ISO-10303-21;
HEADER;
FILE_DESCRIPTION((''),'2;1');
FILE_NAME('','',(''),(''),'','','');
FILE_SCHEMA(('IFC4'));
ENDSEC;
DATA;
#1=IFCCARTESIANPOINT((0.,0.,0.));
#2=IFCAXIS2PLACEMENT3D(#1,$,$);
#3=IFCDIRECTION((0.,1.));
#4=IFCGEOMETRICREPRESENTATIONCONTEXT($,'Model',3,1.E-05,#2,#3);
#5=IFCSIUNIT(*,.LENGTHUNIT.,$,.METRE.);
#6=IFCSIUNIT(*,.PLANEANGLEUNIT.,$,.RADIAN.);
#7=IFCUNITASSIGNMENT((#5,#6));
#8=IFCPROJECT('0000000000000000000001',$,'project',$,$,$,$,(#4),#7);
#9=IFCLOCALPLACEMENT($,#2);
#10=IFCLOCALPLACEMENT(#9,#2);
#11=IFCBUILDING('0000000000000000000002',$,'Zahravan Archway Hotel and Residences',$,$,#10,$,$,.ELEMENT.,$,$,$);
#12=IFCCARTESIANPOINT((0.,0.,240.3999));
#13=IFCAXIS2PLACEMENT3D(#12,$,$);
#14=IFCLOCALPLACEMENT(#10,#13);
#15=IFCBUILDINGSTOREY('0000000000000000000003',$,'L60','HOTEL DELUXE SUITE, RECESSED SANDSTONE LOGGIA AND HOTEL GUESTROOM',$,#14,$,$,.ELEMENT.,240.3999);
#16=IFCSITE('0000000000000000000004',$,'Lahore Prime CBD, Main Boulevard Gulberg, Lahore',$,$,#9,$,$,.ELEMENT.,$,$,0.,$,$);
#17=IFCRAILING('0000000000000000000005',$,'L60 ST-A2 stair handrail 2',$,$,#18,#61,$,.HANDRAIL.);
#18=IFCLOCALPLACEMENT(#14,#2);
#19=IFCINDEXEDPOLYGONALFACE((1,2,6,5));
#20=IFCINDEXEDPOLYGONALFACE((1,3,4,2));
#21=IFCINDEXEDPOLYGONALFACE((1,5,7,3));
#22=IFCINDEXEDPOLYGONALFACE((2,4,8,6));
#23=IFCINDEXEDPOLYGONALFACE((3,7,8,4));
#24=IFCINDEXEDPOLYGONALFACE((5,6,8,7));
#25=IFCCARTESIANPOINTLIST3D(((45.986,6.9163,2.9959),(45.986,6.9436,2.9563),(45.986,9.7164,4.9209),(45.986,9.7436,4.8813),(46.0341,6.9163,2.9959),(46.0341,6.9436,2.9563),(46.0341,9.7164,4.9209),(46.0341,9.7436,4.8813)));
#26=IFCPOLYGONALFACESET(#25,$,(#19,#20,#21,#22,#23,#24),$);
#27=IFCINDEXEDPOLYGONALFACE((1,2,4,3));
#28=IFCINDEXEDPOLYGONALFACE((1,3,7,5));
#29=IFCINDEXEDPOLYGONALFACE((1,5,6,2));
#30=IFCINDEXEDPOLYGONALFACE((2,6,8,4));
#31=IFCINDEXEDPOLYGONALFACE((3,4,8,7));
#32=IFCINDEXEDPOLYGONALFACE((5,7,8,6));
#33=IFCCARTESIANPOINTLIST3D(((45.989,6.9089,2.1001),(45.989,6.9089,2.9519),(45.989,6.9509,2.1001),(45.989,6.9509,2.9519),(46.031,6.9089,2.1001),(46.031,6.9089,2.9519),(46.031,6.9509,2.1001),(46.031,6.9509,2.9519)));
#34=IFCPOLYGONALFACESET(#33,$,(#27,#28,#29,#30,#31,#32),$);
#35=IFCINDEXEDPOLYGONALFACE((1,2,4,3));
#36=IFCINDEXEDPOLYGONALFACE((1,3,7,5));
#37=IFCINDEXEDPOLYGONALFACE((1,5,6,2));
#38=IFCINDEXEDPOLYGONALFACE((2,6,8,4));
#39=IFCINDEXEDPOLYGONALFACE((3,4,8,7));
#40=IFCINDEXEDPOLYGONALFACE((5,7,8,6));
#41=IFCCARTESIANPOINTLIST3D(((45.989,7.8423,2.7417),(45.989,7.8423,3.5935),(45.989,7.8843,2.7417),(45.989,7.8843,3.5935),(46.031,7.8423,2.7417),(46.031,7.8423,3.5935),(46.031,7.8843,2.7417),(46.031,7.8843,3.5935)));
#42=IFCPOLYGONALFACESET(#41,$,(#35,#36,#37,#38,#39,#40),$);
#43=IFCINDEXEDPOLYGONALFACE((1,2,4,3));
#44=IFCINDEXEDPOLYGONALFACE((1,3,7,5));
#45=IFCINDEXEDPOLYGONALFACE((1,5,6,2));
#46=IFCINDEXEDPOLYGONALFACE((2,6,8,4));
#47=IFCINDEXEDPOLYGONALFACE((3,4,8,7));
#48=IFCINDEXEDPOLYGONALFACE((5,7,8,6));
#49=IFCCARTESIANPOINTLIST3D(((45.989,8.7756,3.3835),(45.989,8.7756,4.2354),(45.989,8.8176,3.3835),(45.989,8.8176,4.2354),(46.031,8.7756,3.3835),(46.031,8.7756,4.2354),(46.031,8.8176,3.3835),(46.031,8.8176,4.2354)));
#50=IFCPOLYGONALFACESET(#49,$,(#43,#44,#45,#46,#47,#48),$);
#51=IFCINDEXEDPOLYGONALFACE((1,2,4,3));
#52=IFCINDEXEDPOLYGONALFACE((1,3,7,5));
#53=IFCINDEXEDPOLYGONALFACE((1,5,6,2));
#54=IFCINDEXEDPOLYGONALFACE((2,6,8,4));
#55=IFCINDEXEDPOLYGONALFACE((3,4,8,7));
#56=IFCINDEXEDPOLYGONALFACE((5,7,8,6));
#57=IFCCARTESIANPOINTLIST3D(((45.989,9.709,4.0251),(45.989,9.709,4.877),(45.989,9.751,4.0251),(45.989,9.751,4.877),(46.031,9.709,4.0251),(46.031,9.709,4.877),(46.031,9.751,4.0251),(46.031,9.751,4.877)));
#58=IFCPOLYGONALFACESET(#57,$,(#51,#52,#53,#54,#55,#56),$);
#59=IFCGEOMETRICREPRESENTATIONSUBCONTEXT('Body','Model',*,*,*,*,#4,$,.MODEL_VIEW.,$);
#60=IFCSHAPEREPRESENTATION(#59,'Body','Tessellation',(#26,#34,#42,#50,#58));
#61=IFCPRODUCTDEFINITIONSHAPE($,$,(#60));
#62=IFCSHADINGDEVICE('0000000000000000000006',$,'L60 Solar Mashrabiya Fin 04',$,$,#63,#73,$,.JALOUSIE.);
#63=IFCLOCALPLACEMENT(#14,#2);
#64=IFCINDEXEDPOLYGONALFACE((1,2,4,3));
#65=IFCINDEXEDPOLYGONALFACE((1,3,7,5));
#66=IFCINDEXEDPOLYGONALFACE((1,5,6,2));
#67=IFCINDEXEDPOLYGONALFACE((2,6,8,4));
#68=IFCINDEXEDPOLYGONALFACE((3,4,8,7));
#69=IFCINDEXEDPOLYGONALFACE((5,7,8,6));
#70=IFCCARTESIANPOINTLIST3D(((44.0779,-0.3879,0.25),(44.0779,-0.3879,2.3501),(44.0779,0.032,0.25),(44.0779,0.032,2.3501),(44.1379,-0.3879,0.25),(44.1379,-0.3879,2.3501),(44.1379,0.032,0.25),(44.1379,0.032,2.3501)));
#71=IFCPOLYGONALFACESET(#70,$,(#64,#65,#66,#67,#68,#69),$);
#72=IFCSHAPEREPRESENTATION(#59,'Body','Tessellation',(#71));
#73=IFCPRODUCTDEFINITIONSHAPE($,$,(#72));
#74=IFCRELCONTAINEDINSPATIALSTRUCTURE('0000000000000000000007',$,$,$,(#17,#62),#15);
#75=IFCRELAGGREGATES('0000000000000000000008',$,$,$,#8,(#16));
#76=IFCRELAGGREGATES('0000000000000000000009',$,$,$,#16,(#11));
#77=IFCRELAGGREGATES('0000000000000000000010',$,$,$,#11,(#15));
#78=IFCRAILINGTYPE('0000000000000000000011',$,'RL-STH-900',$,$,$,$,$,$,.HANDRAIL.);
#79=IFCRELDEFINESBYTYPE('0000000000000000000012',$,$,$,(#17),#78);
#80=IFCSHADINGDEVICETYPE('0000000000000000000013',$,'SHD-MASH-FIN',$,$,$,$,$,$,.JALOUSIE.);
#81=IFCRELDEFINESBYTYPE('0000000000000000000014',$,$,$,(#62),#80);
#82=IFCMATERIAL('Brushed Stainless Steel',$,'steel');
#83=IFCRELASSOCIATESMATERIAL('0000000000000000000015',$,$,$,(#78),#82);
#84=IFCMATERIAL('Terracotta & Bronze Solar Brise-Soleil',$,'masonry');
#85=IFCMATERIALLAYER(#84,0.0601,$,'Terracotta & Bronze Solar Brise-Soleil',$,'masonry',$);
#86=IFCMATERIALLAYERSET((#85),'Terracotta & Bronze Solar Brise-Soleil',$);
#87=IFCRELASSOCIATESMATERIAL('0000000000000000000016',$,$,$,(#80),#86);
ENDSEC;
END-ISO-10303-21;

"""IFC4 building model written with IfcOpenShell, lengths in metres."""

from ifc_helpers import new_model, si_unit, direction, frame, origin, origin_2d, place, context, subcontext, project, spatial, rectangle, extrude, source, transform, mapped, material, layer, layer_set, type_object, type_shapes, element, save


model = new_model("IFC4")

# Units and contexts
model_context = context("Model", 3, precision=1e-05, world=origin(), true_north=direction((0.0, 1.0)))
body_context = subcontext(model_context, "Body", "Model", "MODEL_VIEW")
ifc_project = project(units=[si_unit("LENGTHUNIT", "METRE"), si_unit("PLANEANGLEUNIT", "RADIAN")], contexts=[model_context])

# Site, building, storey
site_placement = place(None, origin())
site = spatial("IfcSite", under=ifc_project, at=site_placement, Name="Lahore Prime CBD, Main Boulevard Gulberg, Lahore", CompositionType="ELEMENT", RefElevation=0.0)
building_placement = place(site_placement, origin())
building = spatial("IfcBuilding", under=site, at=building_placement, Name="Zahravan Archway Hotel and Residences", CompositionType="ELEMENT")
storey_placement = place(building_placement, frame((0.0, 0.0, 240.3999)))
storey = spatial("IfcBuildingStorey", under=building, at=storey_placement, Name="L60", Description="HOTEL DELUXE SUITE, RECESSED SANDSTONE LOGGIA AND HOTEL GUESTROOM", CompositionType="ELEMENT", Elevation=240.3999)

# Railing
ifc_material_1 = material(Name="Brushed Stainless Steel", Category="steel")
railing_type_1 = type_object("IfcRailingType", Name="RL-STH-900", PredefinedType="HANDRAIL", material=ifc_material_1)
railing_1_placement = place(storey_placement, frame((46.01, 6.9299, 2.1001)))
element("IfcRailing", 1, at=railing_1_placement, inside=storey, type_object=railing_type_1, Name="L60 ST-A2 stair handrail 2", PredefinedType="HANDRAIL", context=body_context, shape_type="SweptSolid", body=[
    extrude(rectangle(XDim=0.0481, YDim=0.0481, at=origin_2d()), frame((0.0, 0.0, 0.876), z_axis=(0.0, 0.82404, 0.566532), x_axis=(-1.0, 0.0, 0.0)), (0.0, 0.0, 1.0), 3.3979),
    extrude(rectangle(XDim=0.042, YDim=0.042, at=origin_2d()), origin(), (0.0, 0.0, 1.0), 0.8518),
    extrude(rectangle(XDim=0.042, YDim=0.042, at=origin_2d()), frame((0.0, 0.9333, 0.6416)), (0.0, 0.0, 1.0), 0.8518),
    extrude(rectangle(XDim=0.042, YDim=0.042, at=origin_2d()), frame((0.0, 1.8667, 1.2834)), (0.0, 0.0, 1.0), 0.8518),
    extrude(rectangle(XDim=0.042, YDim=0.042, at=origin_2d()), frame((0.0, 2.8, 1.925)), (0.0, 0.0, 1.0), 0.8518),
])

# Shading device
ifc_material_2 = material(Name="Terracotta & Bronze Solar Brise-Soleil", Category="masonry")
ifc_layer_1 = layer(ifc_material_2, 0.0601, Name="Terracotta & Bronze Solar Brise-Soleil", Category="masonry")
ifc_layer_set_1 = layer_set([ifc_layer_1], Name="Terracotta & Bronze Solar Brise-Soleil")
shading_device_type = type_object("IfcShadingDeviceType", Name="SHD-MASH-FIN", PredefinedType="JALOUSIE", material=ifc_layer_set_1)
shared_shape_1 = source(origin(), body_context, "Body", "SweptSolid", [
    extrude(rectangle(XDim=0.0601, YDim=0.4199, at=origin_2d()), origin(), (0.0, 0.0, 1.0), 2.1001),
])
type_shapes(shading_device_type, [shared_shape_1])
shading_device_placement = place(storey_placement, frame((44.1079, -0.178, 0.25), z_axis=(0.0, 0.0, 1.0), x_axis=(1.0, 0.0, 0.0)))
element("IfcShadingDevice", 2, at=shading_device_placement, inside=storey, type_object=shading_device_type, Name="L60 Solar Mashrabiya Fin 04", PredefinedType="JALOUSIE", context=body_context, shape_type="MappedRepresentation", body=[
    mapped(shared_shape_1, transform((0.0, 0.0, 0.0), scale=1.0)),
])

save(model, "model.ifc")
